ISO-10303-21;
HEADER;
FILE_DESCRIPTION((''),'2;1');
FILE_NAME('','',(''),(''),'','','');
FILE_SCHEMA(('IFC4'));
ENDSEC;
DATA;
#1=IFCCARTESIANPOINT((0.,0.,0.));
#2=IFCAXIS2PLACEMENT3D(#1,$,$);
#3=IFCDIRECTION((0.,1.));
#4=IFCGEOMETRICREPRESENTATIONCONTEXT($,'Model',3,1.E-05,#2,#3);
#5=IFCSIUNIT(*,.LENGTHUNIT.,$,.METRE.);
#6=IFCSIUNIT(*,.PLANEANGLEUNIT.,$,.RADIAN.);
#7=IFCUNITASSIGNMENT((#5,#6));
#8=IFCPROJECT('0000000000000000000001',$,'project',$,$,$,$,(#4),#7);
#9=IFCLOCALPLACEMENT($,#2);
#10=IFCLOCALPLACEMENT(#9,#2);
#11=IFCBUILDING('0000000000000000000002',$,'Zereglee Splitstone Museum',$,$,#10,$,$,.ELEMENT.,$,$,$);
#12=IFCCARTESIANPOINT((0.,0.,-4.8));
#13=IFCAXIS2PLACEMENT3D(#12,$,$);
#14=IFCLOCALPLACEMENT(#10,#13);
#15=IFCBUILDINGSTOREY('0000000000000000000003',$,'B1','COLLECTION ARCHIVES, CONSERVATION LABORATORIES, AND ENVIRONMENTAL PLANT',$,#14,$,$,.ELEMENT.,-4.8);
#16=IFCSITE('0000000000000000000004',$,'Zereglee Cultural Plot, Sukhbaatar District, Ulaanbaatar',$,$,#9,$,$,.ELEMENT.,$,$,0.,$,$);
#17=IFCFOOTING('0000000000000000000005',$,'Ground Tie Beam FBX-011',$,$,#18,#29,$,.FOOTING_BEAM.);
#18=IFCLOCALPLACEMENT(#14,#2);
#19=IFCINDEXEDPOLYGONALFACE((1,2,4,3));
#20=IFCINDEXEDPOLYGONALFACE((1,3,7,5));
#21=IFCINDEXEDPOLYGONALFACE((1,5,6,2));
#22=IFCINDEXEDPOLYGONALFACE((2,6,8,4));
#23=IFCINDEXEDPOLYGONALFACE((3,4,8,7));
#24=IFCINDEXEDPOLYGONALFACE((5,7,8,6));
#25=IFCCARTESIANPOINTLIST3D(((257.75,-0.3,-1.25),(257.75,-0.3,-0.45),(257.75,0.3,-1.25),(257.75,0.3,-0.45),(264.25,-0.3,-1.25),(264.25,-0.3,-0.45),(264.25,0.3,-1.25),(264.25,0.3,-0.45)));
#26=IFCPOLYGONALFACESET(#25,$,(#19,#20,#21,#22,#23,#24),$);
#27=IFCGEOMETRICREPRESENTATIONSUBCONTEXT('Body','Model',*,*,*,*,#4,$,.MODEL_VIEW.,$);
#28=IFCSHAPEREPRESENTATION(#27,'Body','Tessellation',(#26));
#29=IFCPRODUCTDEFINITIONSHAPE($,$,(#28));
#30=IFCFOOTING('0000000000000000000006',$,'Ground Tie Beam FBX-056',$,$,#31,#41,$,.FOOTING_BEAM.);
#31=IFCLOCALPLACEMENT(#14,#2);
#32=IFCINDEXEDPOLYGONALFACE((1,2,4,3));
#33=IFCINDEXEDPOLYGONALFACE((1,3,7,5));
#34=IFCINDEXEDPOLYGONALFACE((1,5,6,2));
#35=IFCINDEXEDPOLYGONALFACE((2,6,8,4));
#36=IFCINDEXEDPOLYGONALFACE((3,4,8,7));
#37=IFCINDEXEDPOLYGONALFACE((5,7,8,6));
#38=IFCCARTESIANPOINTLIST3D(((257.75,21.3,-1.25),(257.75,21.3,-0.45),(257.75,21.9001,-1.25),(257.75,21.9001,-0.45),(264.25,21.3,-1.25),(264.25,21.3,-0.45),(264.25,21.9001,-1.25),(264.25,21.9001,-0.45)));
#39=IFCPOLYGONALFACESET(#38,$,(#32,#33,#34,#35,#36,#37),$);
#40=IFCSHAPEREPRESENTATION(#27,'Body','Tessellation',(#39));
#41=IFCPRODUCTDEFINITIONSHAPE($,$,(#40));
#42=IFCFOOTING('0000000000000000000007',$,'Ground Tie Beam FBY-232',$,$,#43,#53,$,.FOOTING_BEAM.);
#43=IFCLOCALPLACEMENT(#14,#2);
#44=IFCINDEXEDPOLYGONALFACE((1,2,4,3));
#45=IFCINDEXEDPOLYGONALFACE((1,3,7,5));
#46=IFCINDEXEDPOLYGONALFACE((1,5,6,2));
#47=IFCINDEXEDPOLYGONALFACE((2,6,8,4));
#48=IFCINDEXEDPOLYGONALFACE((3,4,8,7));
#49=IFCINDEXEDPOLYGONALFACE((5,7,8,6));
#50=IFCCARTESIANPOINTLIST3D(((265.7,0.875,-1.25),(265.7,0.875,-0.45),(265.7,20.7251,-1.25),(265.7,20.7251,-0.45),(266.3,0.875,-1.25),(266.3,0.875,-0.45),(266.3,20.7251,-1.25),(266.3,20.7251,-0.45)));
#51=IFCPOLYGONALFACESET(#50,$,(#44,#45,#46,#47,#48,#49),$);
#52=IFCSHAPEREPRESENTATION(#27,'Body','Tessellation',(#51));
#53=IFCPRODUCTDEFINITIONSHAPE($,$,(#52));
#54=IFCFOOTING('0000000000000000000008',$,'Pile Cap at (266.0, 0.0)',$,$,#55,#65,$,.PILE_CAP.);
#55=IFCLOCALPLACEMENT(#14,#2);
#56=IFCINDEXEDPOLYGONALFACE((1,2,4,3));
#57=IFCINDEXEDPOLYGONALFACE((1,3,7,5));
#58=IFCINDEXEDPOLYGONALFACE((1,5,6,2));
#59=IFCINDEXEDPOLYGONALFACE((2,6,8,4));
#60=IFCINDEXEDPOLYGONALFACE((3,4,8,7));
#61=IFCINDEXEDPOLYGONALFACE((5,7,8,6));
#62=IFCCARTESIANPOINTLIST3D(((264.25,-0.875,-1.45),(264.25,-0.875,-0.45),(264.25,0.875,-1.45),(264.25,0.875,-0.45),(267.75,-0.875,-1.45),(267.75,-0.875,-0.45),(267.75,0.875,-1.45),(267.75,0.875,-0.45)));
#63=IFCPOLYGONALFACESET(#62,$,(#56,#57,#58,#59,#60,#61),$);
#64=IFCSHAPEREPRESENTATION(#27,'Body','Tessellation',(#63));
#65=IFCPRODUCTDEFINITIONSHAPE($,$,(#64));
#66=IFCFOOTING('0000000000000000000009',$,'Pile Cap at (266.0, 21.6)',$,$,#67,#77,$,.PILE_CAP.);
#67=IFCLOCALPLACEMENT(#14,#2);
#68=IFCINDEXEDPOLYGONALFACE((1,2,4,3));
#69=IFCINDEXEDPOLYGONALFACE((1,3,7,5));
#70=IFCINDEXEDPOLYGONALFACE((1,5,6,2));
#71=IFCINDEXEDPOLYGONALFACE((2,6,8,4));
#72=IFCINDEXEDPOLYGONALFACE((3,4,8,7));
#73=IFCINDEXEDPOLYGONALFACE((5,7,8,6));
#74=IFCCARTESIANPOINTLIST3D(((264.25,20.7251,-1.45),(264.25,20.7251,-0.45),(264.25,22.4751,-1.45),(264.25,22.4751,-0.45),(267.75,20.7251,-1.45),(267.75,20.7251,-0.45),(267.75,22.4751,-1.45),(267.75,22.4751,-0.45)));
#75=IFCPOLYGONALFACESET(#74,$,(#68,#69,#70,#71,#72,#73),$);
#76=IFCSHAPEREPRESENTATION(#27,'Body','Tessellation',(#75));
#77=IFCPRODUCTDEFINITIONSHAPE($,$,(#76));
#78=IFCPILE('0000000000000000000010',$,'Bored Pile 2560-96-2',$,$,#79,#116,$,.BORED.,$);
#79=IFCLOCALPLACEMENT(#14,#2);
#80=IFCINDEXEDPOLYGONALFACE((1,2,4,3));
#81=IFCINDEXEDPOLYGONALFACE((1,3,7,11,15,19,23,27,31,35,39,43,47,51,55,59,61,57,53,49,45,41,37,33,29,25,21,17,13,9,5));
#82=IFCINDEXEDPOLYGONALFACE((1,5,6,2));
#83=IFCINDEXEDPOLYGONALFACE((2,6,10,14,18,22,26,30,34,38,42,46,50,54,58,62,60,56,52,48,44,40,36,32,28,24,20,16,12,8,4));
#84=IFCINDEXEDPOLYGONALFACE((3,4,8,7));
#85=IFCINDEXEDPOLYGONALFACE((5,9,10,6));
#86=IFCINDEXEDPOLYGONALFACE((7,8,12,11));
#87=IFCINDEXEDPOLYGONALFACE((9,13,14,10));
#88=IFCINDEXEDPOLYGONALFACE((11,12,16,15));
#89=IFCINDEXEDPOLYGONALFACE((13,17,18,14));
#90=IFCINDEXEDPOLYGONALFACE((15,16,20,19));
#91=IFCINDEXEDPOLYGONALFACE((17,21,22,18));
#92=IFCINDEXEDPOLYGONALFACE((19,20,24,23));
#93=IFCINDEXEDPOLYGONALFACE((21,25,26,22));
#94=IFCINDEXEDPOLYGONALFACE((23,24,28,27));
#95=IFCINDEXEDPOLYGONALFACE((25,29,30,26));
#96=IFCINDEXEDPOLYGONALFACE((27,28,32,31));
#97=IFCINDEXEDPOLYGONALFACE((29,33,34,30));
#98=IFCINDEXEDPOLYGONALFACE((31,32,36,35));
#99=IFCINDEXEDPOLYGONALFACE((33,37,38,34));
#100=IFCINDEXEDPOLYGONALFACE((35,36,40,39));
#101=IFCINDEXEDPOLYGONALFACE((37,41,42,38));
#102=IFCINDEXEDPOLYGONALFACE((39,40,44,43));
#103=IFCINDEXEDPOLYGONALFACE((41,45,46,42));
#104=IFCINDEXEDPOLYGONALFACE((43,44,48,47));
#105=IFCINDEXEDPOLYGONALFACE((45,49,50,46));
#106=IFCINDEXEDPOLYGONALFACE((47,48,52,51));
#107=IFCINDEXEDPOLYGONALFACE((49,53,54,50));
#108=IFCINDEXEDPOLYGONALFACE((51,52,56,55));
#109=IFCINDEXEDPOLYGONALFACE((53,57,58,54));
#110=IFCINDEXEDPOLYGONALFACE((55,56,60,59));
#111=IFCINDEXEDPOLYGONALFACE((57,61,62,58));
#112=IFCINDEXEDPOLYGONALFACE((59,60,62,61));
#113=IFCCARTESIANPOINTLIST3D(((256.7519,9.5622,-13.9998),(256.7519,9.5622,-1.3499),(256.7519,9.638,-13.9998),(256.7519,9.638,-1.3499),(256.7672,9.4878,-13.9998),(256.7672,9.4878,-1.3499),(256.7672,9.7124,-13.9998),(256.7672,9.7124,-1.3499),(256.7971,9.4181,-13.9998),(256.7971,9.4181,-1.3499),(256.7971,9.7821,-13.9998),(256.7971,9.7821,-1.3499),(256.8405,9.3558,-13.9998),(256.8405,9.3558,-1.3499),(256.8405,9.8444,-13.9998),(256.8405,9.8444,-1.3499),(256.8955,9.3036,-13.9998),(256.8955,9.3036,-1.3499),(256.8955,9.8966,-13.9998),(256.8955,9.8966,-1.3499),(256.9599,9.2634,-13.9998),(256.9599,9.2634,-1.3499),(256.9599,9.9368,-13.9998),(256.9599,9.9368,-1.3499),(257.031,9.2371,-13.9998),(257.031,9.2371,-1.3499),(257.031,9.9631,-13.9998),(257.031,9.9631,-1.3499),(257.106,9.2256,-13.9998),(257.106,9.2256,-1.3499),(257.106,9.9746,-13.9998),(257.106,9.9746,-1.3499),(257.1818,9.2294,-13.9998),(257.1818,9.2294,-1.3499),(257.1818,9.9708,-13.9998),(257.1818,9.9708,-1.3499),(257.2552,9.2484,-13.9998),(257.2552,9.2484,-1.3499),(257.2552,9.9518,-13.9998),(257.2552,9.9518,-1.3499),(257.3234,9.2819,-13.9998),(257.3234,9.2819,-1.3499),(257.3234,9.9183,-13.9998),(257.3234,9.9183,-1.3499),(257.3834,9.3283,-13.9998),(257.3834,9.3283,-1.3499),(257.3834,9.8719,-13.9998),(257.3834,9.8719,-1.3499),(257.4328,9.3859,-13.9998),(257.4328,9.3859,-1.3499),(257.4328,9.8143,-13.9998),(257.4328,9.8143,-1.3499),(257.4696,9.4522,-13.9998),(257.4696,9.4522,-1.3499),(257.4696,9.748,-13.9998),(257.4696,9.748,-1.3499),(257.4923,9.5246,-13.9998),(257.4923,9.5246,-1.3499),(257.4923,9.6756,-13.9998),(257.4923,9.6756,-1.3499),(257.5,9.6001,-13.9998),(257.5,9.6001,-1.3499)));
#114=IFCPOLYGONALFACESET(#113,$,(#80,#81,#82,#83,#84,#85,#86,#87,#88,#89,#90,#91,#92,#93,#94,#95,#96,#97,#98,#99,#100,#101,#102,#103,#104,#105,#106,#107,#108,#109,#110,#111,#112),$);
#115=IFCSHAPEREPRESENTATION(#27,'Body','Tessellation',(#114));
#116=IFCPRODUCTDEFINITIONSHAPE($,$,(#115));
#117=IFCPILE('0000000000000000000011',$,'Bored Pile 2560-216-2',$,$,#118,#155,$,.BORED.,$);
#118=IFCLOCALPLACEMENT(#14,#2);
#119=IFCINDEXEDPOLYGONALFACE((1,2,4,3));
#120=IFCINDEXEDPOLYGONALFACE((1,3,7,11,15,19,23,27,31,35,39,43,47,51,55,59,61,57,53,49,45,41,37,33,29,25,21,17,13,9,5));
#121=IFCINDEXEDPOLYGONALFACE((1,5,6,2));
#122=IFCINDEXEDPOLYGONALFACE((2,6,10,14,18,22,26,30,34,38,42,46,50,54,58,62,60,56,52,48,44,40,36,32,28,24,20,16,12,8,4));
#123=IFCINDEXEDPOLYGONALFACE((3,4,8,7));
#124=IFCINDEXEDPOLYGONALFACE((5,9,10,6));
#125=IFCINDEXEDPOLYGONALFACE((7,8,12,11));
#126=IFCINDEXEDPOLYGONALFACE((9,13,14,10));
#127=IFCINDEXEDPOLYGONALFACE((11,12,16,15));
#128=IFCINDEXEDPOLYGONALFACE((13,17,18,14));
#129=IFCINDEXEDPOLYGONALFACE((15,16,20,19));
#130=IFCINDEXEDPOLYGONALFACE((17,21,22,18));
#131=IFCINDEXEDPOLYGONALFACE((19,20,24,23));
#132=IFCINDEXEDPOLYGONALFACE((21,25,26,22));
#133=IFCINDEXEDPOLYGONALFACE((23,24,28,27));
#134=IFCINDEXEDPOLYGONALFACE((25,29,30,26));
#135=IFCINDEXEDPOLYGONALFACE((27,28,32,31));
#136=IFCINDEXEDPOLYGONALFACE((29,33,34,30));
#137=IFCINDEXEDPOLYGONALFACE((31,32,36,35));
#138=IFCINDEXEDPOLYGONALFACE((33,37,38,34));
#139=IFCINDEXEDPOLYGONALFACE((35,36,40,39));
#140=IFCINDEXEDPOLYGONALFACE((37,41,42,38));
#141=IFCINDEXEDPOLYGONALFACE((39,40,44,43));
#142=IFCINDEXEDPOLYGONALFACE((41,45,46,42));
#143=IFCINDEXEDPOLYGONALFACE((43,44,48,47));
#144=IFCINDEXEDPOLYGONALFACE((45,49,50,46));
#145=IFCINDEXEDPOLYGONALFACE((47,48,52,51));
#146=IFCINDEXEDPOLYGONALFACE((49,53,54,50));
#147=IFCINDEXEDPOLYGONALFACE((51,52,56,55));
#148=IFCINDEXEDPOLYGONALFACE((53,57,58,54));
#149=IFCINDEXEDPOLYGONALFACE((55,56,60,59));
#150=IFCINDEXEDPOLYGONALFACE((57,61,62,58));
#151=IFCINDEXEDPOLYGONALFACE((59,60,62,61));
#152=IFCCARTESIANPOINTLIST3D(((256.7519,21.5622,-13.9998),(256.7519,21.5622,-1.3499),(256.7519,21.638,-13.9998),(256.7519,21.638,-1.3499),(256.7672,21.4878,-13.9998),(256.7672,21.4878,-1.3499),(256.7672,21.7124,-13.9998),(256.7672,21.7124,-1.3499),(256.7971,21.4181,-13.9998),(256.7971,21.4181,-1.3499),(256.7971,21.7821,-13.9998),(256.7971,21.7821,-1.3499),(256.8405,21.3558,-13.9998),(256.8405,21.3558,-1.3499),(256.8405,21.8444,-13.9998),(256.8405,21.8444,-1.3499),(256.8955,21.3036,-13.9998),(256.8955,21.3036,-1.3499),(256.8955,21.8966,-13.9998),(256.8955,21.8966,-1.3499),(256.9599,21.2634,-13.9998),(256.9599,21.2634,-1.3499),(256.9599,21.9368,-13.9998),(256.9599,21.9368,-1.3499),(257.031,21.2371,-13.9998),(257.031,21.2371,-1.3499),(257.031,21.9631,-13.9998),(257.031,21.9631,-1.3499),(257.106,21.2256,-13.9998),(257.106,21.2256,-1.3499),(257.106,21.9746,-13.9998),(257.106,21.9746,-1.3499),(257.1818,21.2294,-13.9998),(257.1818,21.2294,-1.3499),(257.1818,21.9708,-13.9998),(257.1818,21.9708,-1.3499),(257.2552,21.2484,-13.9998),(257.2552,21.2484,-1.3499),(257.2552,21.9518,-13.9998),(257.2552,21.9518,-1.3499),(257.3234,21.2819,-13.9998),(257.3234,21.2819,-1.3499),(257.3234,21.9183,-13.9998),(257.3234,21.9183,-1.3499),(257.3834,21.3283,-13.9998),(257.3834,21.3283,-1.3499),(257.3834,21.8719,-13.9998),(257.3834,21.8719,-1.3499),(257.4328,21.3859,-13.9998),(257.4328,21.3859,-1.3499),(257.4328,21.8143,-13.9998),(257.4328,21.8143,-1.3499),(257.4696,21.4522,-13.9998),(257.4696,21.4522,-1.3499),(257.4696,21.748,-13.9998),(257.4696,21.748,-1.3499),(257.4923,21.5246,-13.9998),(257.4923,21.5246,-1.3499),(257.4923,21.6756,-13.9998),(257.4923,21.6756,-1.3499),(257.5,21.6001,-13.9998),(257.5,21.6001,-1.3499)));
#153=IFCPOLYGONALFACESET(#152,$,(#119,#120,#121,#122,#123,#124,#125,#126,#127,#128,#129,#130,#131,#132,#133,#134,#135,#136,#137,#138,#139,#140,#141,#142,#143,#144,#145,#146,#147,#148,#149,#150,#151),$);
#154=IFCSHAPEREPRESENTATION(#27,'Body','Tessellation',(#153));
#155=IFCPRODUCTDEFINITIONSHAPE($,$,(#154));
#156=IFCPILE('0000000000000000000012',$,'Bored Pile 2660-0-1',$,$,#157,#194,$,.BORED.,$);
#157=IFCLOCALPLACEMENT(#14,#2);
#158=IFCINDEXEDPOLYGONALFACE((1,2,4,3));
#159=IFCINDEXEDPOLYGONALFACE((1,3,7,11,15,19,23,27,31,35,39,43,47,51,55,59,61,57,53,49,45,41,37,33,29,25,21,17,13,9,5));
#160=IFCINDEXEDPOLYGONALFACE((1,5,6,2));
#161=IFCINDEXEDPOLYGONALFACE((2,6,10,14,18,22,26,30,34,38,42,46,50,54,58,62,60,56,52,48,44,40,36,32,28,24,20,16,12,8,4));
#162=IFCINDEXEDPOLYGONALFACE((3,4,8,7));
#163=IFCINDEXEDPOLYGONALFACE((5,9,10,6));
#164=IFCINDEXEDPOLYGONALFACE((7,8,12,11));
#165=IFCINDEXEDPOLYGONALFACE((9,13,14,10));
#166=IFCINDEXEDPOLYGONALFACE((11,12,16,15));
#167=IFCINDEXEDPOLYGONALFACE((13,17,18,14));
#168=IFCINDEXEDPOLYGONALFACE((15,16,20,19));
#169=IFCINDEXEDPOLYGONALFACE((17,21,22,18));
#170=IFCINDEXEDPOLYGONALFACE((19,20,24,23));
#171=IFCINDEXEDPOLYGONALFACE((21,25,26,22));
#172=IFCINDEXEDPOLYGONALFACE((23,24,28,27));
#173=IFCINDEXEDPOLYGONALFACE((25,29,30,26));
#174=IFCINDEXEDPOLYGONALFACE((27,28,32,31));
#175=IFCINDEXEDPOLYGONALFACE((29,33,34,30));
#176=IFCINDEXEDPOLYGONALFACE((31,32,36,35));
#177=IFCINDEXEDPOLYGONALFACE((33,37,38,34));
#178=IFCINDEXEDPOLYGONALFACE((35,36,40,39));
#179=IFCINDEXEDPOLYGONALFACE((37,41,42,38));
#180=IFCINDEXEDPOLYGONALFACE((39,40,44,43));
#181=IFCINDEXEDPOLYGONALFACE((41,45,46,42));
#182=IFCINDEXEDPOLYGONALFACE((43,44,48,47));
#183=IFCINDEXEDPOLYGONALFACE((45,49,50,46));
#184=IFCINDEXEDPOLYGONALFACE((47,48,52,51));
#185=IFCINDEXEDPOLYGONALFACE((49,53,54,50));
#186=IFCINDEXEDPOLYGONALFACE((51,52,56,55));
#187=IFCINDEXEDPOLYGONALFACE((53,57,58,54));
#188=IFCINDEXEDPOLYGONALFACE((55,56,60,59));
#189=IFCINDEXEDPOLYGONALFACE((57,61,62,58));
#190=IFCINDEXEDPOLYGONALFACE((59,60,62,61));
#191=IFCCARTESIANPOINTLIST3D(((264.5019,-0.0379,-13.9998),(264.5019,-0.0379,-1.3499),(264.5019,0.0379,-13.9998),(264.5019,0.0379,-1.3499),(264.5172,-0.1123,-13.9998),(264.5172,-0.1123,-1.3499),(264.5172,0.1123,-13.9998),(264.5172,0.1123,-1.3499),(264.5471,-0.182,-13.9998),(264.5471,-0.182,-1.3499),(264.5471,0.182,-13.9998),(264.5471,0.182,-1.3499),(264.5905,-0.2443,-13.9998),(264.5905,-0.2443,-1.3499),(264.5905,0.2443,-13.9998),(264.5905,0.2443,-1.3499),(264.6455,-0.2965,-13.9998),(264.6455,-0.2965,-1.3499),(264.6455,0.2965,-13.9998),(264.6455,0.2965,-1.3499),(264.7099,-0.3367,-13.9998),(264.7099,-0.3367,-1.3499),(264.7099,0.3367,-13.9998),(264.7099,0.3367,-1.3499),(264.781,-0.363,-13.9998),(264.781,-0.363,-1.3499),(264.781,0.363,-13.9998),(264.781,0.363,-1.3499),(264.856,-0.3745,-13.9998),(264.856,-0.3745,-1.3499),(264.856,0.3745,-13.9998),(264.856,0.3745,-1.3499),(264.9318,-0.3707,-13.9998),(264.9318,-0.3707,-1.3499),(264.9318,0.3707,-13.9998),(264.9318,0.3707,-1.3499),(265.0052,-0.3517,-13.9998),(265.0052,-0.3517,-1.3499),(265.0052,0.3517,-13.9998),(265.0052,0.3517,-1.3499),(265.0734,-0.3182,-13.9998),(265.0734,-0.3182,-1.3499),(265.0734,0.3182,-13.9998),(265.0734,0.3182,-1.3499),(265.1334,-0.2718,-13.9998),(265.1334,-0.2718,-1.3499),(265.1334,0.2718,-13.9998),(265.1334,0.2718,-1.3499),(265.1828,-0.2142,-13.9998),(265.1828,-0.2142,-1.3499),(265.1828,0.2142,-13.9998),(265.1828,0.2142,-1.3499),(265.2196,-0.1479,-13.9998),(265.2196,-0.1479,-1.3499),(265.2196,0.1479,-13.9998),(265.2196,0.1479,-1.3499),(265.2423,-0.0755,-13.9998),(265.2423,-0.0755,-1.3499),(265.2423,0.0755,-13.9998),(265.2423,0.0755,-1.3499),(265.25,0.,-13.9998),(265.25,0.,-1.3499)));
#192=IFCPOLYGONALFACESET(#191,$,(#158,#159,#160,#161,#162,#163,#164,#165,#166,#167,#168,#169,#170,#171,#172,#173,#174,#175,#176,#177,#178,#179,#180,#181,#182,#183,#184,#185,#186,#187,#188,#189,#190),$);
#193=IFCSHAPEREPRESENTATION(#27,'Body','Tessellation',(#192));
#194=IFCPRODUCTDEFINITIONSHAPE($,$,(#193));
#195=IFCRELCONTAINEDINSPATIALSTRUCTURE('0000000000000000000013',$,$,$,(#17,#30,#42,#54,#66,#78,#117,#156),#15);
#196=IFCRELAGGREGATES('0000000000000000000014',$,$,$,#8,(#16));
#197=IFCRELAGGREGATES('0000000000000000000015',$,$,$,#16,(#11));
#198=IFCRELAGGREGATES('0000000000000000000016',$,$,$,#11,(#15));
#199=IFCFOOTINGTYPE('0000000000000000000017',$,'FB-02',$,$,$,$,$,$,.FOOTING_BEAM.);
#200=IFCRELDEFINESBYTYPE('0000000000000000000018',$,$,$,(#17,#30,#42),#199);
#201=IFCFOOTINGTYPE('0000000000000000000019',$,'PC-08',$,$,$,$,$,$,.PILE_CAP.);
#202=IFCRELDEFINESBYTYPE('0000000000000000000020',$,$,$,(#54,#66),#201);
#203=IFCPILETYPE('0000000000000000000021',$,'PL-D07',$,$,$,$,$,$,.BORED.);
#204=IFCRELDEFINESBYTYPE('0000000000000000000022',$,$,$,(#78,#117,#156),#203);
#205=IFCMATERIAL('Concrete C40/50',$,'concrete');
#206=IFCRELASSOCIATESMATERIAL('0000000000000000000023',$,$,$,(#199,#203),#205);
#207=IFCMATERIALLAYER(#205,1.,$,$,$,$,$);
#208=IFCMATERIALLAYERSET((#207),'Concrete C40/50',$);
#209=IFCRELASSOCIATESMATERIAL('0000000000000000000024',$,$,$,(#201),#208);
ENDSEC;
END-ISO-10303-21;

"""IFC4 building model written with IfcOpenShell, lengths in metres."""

from ifc_helpers import new_model, si_unit, direction, frame, origin, origin_2d, place, context, subcontext, project, spatial, rectangle, circle, extrude, material, layer, layer_set, material_profile, profile_set, type_object, element, save


model = new_model("IFC4")

# Units and contexts
model_context = context("Model", 3, precision=1e-05, world=origin(), true_north=direction((0.0, 1.0)))
body_context = subcontext(model_context, "Body", "Model", "MODEL_VIEW")
ifc_project = project(units=[si_unit("LENGTHUNIT", "METRE"), si_unit("PLANEANGLEUNIT", "RADIAN")], contexts=[model_context])

# Site, building, storey
site_placement = place(None, origin())
site = spatial("IfcSite", under=ifc_project, at=site_placement, Name="Zereglee Cultural Plot, Sukhbaatar District, Ulaanbaatar", CompositionType="ELEMENT", RefElevation=0.0)
building_placement = place(site_placement, origin())
building = spatial("IfcBuilding", under=site, at=building_placement, Name="Zereglee Splitstone Museum", CompositionType="ELEMENT")
storey_placement = place(building_placement, frame((0.0, 0.0, -4.8)))
storey = spatial("IfcBuildingStorey", under=building, at=storey_placement, Name="B1", Description="COLLECTION ARCHIVES, CONSERVATION LABORATORIES, AND ENVIRONMENTAL PLANT", CompositionType="ELEMENT", Elevation=-4.8)

# Footings
ifc_material_1 = material(Name="Concrete C40/50", Category="concrete")
footing_type_1 = type_object("IfcFootingType", Name="FB-02", PredefinedType="FOOTING_BEAM", material=ifc_material_1)
for number, where, z_axis, x_axis, name in (
    (1, (261.0, 0.0, -1.25), (0.0, 0.0, 1.0), (1.0, 0.0, 0.0), "Ground Tie Beam FBX-011"),
    (2, (261.0, 21.6001, -1.25), (0.0, 0.0, 1.0), (1.0, 0.0, 0.0), "Ground Tie Beam FBX-056"),
):
    element("IfcFooting", number, at=place(storey_placement, frame(where, z_axis=z_axis, x_axis=x_axis)), inside=storey, type_object=footing_type_1, Name=name, PredefinedType="FOOTING_BEAM", context=body_context, shape_type="SweptSolid", body=[
        extrude(rectangle(XDim=6.5, YDim=0.6001, at=origin_2d()), origin(), (0.0, 0.0, 1.0), 0.8),
    ])
footing_placement = place(storey_placement, frame((266.0, 10.8, -1.25), z_axis=(0.0, 0.0, 1.0), x_axis=(0.0, 1.0, 0.0)))
element("IfcFooting", 3, at=footing_placement, inside=storey, type_object=footing_type_1, Name="Ground Tie Beam FBY-232", PredefinedType="FOOTING_BEAM", context=body_context, shape_type="SweptSolid", body=[
    extrude(rectangle(XDim=19.8501, YDim=0.6001, at=origin_2d()), origin(), (0.0, 0.0, 1.0), 0.8),
])
ifc_layer_1 = layer(ifc_material_1, 1.0)
ifc_layer_set_1 = layer_set([ifc_layer_1], Name="Concrete C40/50")
footing_type_2 = type_object("IfcFootingType", Name="PC-08", PredefinedType="PILE_CAP", material=ifc_layer_set_1)
for number, where, z_axis, x_axis, name in (
    (4, (266.0, 0.0, -1.45), (0.0, 0.0, 1.0), (1.0, 0.0, 0.0), "Pile Cap at (266.0, 0.0)"),
    (5, (266.0, 21.6001, -1.45), (0.0, 0.0, 1.0), (1.0, 0.0, 0.0), "Pile Cap at (266.0, 21.6)"),
):
    element("IfcFooting", number, at=place(storey_placement, frame(where, z_axis=z_axis, x_axis=x_axis)), inside=storey, type_object=footing_type_2, Name=name, PredefinedType="PILE_CAP", context=body_context, shape_type="SweptSolid", body=[
        extrude(rectangle(XDim=3.5, YDim=1.75, at=origin_2d()), origin(), (0.0, 0.0, 1.0), 1.0),
    ])

# Piles
ifc_material_profile_1 = material_profile(ifc_material_1, circle(Radius=0.375, at=origin_2d()), Name="PILE D750")
ifc_profile_set_1 = profile_set([ifc_material_profile_1], Name="Concrete C40/50")
pile_type = type_object("IfcPileType", Name="PL-D07", PredefinedType="BORED", material=ifc_profile_set_1)
for number, where, z_axis, x_axis, name in (
    (6, (257.125, 9.6001, -1.3499), (0.0, 0.0, -1.0), (1.0, 0.0, 0.0), "Bored Pile 2560-96-2"),
    (7, (257.125, 21.6001, -1.3499), (0.0, 0.0, -1.0), (1.0, 0.0, 0.0), "Bored Pile 2560-216-2"),
    (8, (264.875, 0.0, -1.3499), (0.0, 0.0, -1.0), (1.0, 0.0, 0.0), "Bored Pile 2660-0-1"),
):
    element("IfcPile", number, at=place(storey_placement, frame(where, z_axis=z_axis, x_axis=x_axis)), inside=storey, type_object=pile_type, Name=name, PredefinedType="BORED", context=body_context, shape_type="SweptSolid", body=[
        extrude(circle(Radius=0.375, at=origin_2d()), origin(), (0.0, 0.0, 1.0), 12.6499),
    ])

save(model, "model.ifc")
